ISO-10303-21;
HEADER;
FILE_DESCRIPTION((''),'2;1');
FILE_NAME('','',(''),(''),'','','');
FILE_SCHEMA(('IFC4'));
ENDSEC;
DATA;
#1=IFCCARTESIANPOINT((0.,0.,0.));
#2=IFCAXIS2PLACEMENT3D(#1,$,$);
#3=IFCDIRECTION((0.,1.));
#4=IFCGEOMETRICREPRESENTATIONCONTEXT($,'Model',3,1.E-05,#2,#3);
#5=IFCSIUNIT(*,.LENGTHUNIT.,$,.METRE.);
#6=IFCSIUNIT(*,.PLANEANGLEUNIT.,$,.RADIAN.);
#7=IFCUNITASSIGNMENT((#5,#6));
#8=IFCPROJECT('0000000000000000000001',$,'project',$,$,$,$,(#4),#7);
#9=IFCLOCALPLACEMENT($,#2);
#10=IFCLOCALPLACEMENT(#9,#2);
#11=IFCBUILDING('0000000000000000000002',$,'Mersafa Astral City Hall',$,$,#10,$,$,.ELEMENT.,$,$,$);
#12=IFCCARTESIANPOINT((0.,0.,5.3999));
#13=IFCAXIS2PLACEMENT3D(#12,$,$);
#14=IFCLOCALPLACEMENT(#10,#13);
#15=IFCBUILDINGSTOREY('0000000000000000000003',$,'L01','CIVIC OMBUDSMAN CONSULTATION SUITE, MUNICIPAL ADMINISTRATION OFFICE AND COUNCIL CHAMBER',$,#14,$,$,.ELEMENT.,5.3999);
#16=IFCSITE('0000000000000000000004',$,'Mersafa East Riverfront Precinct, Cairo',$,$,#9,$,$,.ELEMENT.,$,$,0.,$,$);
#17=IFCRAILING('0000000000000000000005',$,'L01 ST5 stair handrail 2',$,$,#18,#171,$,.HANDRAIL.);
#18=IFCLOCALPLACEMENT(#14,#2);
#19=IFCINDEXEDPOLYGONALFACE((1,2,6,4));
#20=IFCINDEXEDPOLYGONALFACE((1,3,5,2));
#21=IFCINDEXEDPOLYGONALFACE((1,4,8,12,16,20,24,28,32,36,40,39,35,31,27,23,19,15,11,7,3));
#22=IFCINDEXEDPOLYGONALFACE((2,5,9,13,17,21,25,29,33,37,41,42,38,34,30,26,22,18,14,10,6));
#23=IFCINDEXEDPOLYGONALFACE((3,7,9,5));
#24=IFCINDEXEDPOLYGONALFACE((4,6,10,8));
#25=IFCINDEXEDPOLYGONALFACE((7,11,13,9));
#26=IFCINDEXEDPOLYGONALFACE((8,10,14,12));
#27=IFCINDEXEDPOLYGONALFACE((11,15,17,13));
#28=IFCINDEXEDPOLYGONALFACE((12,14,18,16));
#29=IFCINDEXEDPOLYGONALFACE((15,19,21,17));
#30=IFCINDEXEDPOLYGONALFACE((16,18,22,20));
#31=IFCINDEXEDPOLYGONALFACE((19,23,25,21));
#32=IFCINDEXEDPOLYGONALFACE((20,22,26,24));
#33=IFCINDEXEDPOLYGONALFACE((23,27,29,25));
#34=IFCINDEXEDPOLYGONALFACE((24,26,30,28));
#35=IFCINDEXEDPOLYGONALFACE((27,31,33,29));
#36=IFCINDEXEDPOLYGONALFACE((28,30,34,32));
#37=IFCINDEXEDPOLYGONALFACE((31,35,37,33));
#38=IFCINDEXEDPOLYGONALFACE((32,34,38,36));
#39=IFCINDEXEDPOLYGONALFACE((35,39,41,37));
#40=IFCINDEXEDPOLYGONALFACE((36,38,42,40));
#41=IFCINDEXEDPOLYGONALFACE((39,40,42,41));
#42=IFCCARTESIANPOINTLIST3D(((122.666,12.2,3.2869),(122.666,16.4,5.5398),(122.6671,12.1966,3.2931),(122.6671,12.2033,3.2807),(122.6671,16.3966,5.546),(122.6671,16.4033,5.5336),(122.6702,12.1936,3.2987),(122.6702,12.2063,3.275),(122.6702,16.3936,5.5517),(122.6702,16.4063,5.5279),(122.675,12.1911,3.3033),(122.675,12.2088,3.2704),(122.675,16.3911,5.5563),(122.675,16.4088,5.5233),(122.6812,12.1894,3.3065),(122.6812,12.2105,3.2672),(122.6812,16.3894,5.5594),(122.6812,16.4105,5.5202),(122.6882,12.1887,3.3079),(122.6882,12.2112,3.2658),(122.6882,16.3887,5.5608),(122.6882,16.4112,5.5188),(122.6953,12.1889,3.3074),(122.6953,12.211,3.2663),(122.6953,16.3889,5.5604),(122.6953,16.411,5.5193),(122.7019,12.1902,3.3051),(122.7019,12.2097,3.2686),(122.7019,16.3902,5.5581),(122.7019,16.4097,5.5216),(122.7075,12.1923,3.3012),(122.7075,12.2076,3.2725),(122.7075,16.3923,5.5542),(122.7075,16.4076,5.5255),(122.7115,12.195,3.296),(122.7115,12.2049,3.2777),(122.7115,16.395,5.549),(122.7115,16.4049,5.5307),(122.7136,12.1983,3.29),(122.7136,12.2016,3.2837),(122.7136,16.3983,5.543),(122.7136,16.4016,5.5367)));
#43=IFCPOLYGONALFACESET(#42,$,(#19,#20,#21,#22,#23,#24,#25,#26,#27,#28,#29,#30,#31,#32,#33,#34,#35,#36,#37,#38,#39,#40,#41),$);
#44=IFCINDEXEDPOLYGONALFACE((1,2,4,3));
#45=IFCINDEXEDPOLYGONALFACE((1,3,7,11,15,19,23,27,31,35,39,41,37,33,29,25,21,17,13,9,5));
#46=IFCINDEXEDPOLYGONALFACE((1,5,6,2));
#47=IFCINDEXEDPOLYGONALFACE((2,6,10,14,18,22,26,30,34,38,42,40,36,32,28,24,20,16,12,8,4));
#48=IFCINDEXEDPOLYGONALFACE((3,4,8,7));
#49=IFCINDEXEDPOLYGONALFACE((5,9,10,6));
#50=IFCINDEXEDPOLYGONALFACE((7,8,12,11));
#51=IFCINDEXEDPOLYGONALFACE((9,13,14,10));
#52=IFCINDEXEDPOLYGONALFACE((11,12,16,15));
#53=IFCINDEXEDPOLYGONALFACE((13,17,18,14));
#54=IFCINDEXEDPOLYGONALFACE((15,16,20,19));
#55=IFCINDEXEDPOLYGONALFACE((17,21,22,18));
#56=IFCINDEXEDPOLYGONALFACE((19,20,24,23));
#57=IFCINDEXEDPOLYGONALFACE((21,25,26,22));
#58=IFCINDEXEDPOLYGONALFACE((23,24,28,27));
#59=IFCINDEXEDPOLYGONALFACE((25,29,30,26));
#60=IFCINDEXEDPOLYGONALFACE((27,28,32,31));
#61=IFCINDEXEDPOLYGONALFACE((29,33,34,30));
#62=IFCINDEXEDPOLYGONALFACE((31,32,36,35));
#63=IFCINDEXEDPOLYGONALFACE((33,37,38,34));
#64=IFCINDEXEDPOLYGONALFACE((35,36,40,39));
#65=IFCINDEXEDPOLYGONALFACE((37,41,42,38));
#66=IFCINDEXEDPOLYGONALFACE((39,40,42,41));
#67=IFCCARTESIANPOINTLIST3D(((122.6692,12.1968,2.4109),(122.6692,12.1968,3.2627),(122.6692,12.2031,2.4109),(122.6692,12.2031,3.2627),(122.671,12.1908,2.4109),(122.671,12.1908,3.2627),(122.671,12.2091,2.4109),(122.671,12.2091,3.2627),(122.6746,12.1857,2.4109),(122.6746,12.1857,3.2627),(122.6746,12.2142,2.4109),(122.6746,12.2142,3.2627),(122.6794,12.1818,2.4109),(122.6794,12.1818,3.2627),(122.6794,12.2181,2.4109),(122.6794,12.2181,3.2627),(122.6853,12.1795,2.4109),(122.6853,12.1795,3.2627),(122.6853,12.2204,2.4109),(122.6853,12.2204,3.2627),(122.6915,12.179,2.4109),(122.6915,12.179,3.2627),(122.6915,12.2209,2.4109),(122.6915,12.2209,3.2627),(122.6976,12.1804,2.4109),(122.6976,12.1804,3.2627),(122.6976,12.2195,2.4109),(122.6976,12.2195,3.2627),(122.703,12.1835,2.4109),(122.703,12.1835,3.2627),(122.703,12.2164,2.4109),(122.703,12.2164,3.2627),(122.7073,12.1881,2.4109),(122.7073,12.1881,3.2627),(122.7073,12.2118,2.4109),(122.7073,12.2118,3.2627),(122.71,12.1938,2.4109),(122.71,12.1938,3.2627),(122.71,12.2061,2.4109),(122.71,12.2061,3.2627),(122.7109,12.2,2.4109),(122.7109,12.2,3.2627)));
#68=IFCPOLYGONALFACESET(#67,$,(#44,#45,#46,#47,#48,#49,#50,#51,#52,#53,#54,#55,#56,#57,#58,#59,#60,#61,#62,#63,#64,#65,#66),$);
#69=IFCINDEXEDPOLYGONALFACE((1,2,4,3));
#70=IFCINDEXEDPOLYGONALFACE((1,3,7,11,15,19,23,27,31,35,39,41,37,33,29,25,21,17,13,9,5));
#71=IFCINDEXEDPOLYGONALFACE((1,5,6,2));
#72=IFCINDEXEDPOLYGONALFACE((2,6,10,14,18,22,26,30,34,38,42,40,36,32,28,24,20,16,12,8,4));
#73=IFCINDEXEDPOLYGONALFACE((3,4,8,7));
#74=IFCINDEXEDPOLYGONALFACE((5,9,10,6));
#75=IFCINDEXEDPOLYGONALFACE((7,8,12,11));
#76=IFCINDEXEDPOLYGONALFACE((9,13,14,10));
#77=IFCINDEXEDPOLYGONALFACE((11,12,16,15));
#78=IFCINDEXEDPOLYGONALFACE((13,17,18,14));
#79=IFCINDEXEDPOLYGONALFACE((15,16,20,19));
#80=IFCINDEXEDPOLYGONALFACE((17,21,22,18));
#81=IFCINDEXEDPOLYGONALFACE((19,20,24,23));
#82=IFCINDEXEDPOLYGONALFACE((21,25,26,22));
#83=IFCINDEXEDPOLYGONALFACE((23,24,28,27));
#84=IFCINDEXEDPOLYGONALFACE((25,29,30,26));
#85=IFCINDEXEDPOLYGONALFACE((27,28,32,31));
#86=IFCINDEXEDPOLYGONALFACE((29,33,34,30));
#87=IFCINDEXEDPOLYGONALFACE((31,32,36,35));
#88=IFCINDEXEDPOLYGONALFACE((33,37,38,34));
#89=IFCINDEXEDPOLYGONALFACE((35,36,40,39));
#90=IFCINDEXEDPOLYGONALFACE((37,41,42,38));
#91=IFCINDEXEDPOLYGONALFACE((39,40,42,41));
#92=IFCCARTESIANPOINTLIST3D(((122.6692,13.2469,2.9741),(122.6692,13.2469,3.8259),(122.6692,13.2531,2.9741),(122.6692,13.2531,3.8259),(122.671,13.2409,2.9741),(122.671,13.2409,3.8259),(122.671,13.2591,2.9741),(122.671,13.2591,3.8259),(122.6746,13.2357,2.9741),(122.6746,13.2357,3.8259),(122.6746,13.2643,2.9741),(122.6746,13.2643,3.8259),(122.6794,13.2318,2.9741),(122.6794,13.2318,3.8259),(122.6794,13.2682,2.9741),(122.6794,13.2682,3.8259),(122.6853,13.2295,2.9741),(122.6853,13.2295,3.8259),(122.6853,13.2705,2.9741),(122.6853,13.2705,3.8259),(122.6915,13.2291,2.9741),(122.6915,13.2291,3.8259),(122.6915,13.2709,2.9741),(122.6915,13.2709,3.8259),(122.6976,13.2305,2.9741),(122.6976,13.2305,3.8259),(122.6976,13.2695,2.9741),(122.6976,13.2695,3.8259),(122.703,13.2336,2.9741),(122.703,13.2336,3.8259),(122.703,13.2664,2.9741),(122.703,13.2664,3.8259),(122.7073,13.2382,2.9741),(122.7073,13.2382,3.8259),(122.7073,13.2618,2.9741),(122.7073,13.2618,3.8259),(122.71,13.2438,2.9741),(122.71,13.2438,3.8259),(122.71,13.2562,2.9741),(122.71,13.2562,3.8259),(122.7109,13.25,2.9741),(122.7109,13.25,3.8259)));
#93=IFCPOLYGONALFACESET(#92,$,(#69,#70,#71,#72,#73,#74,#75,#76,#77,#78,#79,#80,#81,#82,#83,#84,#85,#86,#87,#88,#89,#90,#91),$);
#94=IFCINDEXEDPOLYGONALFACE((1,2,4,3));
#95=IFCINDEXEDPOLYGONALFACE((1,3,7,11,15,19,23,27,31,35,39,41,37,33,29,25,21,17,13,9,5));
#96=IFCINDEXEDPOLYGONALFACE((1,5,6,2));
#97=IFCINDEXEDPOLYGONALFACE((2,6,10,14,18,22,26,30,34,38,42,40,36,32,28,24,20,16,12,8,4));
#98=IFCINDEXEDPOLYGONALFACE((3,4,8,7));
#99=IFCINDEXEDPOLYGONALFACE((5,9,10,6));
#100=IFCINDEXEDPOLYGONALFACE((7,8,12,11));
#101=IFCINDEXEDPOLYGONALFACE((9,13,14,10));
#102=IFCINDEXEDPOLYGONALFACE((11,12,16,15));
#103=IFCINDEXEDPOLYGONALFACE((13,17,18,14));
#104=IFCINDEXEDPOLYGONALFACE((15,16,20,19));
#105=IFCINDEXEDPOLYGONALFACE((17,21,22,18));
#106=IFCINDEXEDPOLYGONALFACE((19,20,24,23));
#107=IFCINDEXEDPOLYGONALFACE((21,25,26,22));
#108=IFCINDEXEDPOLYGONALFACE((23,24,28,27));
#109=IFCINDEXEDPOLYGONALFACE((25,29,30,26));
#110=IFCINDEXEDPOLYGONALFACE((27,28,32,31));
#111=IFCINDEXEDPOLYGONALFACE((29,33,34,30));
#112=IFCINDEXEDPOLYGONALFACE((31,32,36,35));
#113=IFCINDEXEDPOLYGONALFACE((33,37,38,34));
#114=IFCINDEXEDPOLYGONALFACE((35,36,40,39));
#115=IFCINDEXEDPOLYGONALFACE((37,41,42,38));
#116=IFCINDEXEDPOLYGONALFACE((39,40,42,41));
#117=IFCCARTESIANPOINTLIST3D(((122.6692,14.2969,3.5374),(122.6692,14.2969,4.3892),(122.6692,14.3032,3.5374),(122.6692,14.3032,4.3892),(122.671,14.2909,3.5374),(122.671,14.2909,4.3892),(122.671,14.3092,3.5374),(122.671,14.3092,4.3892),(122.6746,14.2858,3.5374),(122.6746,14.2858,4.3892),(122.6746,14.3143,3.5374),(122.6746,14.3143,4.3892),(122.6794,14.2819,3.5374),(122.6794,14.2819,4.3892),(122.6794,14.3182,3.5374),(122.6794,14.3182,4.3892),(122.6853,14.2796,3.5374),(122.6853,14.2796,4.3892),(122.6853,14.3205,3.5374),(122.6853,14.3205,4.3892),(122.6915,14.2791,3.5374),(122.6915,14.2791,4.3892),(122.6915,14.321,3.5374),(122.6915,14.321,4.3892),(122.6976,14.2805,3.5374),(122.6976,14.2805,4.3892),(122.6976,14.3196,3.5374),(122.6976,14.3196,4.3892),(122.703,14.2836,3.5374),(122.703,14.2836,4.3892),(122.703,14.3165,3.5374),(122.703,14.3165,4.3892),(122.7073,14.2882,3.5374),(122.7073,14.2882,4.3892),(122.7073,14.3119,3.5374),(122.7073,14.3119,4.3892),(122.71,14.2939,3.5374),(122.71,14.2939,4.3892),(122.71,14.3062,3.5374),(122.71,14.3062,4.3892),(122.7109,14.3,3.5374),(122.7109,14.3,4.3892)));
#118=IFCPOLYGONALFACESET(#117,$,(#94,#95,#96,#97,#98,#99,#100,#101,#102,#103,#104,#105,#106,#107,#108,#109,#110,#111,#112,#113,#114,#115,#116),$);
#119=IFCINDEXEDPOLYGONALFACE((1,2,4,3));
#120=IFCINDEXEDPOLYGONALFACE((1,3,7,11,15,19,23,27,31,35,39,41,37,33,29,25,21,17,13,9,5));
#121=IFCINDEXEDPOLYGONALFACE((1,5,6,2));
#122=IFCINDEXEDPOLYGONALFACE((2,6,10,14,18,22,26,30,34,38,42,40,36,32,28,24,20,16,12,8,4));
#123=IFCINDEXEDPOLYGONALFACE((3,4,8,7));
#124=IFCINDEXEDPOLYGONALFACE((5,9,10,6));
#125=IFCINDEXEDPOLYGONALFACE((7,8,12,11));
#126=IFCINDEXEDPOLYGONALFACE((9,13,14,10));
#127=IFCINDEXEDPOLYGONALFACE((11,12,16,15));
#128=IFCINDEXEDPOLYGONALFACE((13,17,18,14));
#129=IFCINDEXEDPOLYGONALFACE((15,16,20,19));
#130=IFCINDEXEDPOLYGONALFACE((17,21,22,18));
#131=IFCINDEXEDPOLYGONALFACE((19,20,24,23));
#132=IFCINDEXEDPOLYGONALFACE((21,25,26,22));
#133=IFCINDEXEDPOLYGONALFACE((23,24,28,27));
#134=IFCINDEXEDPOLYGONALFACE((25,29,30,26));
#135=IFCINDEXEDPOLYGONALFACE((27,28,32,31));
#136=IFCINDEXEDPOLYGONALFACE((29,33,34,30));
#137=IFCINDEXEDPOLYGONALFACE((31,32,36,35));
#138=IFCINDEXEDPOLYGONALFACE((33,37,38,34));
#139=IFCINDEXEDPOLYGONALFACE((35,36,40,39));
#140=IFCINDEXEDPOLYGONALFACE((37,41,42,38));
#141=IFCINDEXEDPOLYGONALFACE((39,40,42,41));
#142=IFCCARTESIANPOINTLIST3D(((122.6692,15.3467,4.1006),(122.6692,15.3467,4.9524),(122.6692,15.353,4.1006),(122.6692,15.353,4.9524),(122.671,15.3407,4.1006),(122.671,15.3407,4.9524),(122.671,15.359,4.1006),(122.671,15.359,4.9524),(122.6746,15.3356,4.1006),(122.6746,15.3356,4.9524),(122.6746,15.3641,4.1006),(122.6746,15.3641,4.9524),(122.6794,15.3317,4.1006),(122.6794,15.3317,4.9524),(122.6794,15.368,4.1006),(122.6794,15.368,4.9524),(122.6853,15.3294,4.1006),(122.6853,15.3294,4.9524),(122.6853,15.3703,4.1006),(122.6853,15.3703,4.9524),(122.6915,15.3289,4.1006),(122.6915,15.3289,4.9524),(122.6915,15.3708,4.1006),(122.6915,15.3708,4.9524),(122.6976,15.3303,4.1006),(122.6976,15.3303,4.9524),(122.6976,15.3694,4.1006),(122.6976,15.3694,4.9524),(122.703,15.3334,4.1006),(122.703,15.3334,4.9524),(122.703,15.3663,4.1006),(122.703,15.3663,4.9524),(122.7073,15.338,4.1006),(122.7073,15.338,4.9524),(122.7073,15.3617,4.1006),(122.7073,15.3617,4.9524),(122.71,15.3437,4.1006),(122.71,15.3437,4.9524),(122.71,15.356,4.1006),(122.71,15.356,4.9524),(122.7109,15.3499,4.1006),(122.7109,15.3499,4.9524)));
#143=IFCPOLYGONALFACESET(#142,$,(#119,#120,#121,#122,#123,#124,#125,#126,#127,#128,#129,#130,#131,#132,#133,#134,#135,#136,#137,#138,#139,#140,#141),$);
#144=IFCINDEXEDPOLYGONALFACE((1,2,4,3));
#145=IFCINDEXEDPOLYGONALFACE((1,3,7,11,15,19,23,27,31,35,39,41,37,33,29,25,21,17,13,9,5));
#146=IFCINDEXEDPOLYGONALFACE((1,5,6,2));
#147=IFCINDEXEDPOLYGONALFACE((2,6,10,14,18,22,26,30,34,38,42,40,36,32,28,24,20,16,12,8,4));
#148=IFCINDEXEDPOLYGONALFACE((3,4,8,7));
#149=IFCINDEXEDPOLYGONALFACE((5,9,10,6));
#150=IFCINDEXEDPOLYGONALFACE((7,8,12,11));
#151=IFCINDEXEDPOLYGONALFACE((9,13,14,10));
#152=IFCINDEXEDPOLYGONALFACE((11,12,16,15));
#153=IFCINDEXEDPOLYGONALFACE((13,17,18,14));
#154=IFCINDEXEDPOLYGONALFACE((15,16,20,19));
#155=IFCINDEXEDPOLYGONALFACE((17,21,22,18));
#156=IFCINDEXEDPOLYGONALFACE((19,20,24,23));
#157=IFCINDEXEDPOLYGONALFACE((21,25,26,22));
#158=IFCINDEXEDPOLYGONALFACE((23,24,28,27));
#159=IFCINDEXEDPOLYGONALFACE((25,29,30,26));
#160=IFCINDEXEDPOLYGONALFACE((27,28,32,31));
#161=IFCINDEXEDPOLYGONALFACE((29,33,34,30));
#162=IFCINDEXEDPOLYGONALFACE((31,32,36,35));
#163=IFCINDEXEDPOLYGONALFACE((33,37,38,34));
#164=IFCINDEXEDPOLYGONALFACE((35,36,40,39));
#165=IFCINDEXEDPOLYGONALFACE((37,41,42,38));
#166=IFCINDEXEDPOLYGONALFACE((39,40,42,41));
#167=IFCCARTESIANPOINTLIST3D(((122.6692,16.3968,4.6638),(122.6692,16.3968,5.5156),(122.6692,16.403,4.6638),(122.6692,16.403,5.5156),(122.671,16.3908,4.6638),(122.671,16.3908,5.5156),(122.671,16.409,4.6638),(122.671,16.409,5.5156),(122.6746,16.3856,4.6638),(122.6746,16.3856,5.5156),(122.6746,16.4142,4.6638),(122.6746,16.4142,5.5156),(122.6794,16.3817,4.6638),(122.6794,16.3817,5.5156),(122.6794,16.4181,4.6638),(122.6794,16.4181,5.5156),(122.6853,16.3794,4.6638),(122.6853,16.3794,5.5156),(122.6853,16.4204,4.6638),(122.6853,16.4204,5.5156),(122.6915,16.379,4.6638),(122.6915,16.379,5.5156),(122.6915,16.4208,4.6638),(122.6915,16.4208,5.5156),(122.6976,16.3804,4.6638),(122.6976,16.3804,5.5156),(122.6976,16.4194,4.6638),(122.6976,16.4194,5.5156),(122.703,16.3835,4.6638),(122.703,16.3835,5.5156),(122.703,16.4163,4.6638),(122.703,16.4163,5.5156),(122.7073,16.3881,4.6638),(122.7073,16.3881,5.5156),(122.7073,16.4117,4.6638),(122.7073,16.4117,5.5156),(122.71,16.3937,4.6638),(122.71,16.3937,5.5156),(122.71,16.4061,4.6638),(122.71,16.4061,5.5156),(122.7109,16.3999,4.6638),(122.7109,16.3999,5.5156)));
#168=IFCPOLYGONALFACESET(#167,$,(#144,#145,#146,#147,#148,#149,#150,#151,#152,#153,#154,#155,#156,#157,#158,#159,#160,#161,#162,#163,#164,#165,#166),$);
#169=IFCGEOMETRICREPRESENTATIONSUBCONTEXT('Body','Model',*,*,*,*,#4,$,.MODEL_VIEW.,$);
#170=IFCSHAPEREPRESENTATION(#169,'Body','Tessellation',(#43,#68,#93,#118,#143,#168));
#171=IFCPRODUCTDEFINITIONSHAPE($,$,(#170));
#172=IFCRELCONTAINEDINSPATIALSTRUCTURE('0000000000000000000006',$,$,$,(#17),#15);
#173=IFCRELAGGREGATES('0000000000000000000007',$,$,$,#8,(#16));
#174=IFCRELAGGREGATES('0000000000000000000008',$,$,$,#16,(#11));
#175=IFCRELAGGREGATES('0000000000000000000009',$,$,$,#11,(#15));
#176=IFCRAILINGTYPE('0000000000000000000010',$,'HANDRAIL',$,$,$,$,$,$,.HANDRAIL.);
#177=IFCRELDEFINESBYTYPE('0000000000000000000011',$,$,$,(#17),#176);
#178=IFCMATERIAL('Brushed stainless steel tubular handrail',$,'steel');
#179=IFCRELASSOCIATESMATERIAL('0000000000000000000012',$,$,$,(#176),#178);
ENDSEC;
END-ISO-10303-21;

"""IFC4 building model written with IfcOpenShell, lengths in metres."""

from ifc_helpers import new_model, si_unit, direction, frame, origin, origin_2d, place, context, subcontext, project, spatial, circle, extrude, material, type_object, element, save


model = new_model("IFC4")

# Units and contexts
model_context = context("Model", 3, precision=1e-05, world=origin(), true_north=direction((0.0, 1.0)))
body_context = subcontext(model_context, "Body", "Model", "MODEL_VIEW")
ifc_project = project(units=[si_unit("LENGTHUNIT", "METRE"), si_unit("PLANEANGLEUNIT", "RADIAN")], contexts=[model_context])

# Site, building, storey
site_placement = place(None, origin())
site = spatial("IfcSite", under=ifc_project, at=site_placement, Name="Mersafa East Riverfront Precinct, Cairo", CompositionType="ELEMENT", RefElevation=0.0)
building_placement = place(site_placement, origin())
building = spatial("IfcBuilding", under=site, at=building_placement, Name="Mersafa Astral City Hall", CompositionType="ELEMENT")
storey_placement = place(building_placement, frame((0.0, 0.0, 5.3999)))
storey = spatial("IfcBuildingStorey", under=building, at=storey_placement, Name="L01", Description="CIVIC OMBUDSMAN CONSULTATION SUITE, MUNICIPAL ADMINISTRATION OFFICE AND COUNCIL CHAMBER", CompositionType="ELEMENT", Elevation=5.3999)

# Railing
ifc_material_1 = material(Name="Brushed stainless steel tubular handrail", Category="steel")
railing_type_1 = type_object("IfcRailingType", Name="HANDRAIL", PredefinedType="HANDRAIL", material=ifc_material_1)
railing_1_placement = place(storey_placement, frame((122.6899, 12.2, 2.4109)))
element("IfcRailing", 1, at=railing_1_placement, inside=storey, type_object=railing_type_1, Name="L01 ST5 stair handrail 2", PredefinedType="HANDRAIL", context=body_context, shape_type="SweptSolid", body=[
    extrude(circle(Radius=0.0239, at=origin_2d()), frame((0.0, 0.0, 0.876), z_axis=(0.0, 0.881222, 0.472703), x_axis=(-1.0, 0.0, 0.0)), (0.0, 0.0, 1.0), 4.7661),
    extrude(circle(Radius=0.021, at=origin_2d()), origin(), (0.0, 0.0, 1.0), 0.8518),
    extrude(circle(Radius=0.021, at=origin_2d()), frame((0.0, 1.05, 0.5632)), (0.0, 0.0, 1.0), 0.8518),
    extrude(circle(Radius=0.021, at=origin_2d()), frame((0.0, 2.1001, 1.1265)), (0.0, 0.0, 1.0), 0.8518),
    extrude(circle(Radius=0.021, at=origin_2d()), frame((0.0, 3.1499, 1.6897)), (0.0, 0.0, 1.0), 0.8518),
    extrude(circle(Radius=0.021, at=origin_2d()), frame((0.0, 4.2, 2.2529)), (0.0, 0.0, 1.0), 0.8518),
])

save(model, "model.ifc")
